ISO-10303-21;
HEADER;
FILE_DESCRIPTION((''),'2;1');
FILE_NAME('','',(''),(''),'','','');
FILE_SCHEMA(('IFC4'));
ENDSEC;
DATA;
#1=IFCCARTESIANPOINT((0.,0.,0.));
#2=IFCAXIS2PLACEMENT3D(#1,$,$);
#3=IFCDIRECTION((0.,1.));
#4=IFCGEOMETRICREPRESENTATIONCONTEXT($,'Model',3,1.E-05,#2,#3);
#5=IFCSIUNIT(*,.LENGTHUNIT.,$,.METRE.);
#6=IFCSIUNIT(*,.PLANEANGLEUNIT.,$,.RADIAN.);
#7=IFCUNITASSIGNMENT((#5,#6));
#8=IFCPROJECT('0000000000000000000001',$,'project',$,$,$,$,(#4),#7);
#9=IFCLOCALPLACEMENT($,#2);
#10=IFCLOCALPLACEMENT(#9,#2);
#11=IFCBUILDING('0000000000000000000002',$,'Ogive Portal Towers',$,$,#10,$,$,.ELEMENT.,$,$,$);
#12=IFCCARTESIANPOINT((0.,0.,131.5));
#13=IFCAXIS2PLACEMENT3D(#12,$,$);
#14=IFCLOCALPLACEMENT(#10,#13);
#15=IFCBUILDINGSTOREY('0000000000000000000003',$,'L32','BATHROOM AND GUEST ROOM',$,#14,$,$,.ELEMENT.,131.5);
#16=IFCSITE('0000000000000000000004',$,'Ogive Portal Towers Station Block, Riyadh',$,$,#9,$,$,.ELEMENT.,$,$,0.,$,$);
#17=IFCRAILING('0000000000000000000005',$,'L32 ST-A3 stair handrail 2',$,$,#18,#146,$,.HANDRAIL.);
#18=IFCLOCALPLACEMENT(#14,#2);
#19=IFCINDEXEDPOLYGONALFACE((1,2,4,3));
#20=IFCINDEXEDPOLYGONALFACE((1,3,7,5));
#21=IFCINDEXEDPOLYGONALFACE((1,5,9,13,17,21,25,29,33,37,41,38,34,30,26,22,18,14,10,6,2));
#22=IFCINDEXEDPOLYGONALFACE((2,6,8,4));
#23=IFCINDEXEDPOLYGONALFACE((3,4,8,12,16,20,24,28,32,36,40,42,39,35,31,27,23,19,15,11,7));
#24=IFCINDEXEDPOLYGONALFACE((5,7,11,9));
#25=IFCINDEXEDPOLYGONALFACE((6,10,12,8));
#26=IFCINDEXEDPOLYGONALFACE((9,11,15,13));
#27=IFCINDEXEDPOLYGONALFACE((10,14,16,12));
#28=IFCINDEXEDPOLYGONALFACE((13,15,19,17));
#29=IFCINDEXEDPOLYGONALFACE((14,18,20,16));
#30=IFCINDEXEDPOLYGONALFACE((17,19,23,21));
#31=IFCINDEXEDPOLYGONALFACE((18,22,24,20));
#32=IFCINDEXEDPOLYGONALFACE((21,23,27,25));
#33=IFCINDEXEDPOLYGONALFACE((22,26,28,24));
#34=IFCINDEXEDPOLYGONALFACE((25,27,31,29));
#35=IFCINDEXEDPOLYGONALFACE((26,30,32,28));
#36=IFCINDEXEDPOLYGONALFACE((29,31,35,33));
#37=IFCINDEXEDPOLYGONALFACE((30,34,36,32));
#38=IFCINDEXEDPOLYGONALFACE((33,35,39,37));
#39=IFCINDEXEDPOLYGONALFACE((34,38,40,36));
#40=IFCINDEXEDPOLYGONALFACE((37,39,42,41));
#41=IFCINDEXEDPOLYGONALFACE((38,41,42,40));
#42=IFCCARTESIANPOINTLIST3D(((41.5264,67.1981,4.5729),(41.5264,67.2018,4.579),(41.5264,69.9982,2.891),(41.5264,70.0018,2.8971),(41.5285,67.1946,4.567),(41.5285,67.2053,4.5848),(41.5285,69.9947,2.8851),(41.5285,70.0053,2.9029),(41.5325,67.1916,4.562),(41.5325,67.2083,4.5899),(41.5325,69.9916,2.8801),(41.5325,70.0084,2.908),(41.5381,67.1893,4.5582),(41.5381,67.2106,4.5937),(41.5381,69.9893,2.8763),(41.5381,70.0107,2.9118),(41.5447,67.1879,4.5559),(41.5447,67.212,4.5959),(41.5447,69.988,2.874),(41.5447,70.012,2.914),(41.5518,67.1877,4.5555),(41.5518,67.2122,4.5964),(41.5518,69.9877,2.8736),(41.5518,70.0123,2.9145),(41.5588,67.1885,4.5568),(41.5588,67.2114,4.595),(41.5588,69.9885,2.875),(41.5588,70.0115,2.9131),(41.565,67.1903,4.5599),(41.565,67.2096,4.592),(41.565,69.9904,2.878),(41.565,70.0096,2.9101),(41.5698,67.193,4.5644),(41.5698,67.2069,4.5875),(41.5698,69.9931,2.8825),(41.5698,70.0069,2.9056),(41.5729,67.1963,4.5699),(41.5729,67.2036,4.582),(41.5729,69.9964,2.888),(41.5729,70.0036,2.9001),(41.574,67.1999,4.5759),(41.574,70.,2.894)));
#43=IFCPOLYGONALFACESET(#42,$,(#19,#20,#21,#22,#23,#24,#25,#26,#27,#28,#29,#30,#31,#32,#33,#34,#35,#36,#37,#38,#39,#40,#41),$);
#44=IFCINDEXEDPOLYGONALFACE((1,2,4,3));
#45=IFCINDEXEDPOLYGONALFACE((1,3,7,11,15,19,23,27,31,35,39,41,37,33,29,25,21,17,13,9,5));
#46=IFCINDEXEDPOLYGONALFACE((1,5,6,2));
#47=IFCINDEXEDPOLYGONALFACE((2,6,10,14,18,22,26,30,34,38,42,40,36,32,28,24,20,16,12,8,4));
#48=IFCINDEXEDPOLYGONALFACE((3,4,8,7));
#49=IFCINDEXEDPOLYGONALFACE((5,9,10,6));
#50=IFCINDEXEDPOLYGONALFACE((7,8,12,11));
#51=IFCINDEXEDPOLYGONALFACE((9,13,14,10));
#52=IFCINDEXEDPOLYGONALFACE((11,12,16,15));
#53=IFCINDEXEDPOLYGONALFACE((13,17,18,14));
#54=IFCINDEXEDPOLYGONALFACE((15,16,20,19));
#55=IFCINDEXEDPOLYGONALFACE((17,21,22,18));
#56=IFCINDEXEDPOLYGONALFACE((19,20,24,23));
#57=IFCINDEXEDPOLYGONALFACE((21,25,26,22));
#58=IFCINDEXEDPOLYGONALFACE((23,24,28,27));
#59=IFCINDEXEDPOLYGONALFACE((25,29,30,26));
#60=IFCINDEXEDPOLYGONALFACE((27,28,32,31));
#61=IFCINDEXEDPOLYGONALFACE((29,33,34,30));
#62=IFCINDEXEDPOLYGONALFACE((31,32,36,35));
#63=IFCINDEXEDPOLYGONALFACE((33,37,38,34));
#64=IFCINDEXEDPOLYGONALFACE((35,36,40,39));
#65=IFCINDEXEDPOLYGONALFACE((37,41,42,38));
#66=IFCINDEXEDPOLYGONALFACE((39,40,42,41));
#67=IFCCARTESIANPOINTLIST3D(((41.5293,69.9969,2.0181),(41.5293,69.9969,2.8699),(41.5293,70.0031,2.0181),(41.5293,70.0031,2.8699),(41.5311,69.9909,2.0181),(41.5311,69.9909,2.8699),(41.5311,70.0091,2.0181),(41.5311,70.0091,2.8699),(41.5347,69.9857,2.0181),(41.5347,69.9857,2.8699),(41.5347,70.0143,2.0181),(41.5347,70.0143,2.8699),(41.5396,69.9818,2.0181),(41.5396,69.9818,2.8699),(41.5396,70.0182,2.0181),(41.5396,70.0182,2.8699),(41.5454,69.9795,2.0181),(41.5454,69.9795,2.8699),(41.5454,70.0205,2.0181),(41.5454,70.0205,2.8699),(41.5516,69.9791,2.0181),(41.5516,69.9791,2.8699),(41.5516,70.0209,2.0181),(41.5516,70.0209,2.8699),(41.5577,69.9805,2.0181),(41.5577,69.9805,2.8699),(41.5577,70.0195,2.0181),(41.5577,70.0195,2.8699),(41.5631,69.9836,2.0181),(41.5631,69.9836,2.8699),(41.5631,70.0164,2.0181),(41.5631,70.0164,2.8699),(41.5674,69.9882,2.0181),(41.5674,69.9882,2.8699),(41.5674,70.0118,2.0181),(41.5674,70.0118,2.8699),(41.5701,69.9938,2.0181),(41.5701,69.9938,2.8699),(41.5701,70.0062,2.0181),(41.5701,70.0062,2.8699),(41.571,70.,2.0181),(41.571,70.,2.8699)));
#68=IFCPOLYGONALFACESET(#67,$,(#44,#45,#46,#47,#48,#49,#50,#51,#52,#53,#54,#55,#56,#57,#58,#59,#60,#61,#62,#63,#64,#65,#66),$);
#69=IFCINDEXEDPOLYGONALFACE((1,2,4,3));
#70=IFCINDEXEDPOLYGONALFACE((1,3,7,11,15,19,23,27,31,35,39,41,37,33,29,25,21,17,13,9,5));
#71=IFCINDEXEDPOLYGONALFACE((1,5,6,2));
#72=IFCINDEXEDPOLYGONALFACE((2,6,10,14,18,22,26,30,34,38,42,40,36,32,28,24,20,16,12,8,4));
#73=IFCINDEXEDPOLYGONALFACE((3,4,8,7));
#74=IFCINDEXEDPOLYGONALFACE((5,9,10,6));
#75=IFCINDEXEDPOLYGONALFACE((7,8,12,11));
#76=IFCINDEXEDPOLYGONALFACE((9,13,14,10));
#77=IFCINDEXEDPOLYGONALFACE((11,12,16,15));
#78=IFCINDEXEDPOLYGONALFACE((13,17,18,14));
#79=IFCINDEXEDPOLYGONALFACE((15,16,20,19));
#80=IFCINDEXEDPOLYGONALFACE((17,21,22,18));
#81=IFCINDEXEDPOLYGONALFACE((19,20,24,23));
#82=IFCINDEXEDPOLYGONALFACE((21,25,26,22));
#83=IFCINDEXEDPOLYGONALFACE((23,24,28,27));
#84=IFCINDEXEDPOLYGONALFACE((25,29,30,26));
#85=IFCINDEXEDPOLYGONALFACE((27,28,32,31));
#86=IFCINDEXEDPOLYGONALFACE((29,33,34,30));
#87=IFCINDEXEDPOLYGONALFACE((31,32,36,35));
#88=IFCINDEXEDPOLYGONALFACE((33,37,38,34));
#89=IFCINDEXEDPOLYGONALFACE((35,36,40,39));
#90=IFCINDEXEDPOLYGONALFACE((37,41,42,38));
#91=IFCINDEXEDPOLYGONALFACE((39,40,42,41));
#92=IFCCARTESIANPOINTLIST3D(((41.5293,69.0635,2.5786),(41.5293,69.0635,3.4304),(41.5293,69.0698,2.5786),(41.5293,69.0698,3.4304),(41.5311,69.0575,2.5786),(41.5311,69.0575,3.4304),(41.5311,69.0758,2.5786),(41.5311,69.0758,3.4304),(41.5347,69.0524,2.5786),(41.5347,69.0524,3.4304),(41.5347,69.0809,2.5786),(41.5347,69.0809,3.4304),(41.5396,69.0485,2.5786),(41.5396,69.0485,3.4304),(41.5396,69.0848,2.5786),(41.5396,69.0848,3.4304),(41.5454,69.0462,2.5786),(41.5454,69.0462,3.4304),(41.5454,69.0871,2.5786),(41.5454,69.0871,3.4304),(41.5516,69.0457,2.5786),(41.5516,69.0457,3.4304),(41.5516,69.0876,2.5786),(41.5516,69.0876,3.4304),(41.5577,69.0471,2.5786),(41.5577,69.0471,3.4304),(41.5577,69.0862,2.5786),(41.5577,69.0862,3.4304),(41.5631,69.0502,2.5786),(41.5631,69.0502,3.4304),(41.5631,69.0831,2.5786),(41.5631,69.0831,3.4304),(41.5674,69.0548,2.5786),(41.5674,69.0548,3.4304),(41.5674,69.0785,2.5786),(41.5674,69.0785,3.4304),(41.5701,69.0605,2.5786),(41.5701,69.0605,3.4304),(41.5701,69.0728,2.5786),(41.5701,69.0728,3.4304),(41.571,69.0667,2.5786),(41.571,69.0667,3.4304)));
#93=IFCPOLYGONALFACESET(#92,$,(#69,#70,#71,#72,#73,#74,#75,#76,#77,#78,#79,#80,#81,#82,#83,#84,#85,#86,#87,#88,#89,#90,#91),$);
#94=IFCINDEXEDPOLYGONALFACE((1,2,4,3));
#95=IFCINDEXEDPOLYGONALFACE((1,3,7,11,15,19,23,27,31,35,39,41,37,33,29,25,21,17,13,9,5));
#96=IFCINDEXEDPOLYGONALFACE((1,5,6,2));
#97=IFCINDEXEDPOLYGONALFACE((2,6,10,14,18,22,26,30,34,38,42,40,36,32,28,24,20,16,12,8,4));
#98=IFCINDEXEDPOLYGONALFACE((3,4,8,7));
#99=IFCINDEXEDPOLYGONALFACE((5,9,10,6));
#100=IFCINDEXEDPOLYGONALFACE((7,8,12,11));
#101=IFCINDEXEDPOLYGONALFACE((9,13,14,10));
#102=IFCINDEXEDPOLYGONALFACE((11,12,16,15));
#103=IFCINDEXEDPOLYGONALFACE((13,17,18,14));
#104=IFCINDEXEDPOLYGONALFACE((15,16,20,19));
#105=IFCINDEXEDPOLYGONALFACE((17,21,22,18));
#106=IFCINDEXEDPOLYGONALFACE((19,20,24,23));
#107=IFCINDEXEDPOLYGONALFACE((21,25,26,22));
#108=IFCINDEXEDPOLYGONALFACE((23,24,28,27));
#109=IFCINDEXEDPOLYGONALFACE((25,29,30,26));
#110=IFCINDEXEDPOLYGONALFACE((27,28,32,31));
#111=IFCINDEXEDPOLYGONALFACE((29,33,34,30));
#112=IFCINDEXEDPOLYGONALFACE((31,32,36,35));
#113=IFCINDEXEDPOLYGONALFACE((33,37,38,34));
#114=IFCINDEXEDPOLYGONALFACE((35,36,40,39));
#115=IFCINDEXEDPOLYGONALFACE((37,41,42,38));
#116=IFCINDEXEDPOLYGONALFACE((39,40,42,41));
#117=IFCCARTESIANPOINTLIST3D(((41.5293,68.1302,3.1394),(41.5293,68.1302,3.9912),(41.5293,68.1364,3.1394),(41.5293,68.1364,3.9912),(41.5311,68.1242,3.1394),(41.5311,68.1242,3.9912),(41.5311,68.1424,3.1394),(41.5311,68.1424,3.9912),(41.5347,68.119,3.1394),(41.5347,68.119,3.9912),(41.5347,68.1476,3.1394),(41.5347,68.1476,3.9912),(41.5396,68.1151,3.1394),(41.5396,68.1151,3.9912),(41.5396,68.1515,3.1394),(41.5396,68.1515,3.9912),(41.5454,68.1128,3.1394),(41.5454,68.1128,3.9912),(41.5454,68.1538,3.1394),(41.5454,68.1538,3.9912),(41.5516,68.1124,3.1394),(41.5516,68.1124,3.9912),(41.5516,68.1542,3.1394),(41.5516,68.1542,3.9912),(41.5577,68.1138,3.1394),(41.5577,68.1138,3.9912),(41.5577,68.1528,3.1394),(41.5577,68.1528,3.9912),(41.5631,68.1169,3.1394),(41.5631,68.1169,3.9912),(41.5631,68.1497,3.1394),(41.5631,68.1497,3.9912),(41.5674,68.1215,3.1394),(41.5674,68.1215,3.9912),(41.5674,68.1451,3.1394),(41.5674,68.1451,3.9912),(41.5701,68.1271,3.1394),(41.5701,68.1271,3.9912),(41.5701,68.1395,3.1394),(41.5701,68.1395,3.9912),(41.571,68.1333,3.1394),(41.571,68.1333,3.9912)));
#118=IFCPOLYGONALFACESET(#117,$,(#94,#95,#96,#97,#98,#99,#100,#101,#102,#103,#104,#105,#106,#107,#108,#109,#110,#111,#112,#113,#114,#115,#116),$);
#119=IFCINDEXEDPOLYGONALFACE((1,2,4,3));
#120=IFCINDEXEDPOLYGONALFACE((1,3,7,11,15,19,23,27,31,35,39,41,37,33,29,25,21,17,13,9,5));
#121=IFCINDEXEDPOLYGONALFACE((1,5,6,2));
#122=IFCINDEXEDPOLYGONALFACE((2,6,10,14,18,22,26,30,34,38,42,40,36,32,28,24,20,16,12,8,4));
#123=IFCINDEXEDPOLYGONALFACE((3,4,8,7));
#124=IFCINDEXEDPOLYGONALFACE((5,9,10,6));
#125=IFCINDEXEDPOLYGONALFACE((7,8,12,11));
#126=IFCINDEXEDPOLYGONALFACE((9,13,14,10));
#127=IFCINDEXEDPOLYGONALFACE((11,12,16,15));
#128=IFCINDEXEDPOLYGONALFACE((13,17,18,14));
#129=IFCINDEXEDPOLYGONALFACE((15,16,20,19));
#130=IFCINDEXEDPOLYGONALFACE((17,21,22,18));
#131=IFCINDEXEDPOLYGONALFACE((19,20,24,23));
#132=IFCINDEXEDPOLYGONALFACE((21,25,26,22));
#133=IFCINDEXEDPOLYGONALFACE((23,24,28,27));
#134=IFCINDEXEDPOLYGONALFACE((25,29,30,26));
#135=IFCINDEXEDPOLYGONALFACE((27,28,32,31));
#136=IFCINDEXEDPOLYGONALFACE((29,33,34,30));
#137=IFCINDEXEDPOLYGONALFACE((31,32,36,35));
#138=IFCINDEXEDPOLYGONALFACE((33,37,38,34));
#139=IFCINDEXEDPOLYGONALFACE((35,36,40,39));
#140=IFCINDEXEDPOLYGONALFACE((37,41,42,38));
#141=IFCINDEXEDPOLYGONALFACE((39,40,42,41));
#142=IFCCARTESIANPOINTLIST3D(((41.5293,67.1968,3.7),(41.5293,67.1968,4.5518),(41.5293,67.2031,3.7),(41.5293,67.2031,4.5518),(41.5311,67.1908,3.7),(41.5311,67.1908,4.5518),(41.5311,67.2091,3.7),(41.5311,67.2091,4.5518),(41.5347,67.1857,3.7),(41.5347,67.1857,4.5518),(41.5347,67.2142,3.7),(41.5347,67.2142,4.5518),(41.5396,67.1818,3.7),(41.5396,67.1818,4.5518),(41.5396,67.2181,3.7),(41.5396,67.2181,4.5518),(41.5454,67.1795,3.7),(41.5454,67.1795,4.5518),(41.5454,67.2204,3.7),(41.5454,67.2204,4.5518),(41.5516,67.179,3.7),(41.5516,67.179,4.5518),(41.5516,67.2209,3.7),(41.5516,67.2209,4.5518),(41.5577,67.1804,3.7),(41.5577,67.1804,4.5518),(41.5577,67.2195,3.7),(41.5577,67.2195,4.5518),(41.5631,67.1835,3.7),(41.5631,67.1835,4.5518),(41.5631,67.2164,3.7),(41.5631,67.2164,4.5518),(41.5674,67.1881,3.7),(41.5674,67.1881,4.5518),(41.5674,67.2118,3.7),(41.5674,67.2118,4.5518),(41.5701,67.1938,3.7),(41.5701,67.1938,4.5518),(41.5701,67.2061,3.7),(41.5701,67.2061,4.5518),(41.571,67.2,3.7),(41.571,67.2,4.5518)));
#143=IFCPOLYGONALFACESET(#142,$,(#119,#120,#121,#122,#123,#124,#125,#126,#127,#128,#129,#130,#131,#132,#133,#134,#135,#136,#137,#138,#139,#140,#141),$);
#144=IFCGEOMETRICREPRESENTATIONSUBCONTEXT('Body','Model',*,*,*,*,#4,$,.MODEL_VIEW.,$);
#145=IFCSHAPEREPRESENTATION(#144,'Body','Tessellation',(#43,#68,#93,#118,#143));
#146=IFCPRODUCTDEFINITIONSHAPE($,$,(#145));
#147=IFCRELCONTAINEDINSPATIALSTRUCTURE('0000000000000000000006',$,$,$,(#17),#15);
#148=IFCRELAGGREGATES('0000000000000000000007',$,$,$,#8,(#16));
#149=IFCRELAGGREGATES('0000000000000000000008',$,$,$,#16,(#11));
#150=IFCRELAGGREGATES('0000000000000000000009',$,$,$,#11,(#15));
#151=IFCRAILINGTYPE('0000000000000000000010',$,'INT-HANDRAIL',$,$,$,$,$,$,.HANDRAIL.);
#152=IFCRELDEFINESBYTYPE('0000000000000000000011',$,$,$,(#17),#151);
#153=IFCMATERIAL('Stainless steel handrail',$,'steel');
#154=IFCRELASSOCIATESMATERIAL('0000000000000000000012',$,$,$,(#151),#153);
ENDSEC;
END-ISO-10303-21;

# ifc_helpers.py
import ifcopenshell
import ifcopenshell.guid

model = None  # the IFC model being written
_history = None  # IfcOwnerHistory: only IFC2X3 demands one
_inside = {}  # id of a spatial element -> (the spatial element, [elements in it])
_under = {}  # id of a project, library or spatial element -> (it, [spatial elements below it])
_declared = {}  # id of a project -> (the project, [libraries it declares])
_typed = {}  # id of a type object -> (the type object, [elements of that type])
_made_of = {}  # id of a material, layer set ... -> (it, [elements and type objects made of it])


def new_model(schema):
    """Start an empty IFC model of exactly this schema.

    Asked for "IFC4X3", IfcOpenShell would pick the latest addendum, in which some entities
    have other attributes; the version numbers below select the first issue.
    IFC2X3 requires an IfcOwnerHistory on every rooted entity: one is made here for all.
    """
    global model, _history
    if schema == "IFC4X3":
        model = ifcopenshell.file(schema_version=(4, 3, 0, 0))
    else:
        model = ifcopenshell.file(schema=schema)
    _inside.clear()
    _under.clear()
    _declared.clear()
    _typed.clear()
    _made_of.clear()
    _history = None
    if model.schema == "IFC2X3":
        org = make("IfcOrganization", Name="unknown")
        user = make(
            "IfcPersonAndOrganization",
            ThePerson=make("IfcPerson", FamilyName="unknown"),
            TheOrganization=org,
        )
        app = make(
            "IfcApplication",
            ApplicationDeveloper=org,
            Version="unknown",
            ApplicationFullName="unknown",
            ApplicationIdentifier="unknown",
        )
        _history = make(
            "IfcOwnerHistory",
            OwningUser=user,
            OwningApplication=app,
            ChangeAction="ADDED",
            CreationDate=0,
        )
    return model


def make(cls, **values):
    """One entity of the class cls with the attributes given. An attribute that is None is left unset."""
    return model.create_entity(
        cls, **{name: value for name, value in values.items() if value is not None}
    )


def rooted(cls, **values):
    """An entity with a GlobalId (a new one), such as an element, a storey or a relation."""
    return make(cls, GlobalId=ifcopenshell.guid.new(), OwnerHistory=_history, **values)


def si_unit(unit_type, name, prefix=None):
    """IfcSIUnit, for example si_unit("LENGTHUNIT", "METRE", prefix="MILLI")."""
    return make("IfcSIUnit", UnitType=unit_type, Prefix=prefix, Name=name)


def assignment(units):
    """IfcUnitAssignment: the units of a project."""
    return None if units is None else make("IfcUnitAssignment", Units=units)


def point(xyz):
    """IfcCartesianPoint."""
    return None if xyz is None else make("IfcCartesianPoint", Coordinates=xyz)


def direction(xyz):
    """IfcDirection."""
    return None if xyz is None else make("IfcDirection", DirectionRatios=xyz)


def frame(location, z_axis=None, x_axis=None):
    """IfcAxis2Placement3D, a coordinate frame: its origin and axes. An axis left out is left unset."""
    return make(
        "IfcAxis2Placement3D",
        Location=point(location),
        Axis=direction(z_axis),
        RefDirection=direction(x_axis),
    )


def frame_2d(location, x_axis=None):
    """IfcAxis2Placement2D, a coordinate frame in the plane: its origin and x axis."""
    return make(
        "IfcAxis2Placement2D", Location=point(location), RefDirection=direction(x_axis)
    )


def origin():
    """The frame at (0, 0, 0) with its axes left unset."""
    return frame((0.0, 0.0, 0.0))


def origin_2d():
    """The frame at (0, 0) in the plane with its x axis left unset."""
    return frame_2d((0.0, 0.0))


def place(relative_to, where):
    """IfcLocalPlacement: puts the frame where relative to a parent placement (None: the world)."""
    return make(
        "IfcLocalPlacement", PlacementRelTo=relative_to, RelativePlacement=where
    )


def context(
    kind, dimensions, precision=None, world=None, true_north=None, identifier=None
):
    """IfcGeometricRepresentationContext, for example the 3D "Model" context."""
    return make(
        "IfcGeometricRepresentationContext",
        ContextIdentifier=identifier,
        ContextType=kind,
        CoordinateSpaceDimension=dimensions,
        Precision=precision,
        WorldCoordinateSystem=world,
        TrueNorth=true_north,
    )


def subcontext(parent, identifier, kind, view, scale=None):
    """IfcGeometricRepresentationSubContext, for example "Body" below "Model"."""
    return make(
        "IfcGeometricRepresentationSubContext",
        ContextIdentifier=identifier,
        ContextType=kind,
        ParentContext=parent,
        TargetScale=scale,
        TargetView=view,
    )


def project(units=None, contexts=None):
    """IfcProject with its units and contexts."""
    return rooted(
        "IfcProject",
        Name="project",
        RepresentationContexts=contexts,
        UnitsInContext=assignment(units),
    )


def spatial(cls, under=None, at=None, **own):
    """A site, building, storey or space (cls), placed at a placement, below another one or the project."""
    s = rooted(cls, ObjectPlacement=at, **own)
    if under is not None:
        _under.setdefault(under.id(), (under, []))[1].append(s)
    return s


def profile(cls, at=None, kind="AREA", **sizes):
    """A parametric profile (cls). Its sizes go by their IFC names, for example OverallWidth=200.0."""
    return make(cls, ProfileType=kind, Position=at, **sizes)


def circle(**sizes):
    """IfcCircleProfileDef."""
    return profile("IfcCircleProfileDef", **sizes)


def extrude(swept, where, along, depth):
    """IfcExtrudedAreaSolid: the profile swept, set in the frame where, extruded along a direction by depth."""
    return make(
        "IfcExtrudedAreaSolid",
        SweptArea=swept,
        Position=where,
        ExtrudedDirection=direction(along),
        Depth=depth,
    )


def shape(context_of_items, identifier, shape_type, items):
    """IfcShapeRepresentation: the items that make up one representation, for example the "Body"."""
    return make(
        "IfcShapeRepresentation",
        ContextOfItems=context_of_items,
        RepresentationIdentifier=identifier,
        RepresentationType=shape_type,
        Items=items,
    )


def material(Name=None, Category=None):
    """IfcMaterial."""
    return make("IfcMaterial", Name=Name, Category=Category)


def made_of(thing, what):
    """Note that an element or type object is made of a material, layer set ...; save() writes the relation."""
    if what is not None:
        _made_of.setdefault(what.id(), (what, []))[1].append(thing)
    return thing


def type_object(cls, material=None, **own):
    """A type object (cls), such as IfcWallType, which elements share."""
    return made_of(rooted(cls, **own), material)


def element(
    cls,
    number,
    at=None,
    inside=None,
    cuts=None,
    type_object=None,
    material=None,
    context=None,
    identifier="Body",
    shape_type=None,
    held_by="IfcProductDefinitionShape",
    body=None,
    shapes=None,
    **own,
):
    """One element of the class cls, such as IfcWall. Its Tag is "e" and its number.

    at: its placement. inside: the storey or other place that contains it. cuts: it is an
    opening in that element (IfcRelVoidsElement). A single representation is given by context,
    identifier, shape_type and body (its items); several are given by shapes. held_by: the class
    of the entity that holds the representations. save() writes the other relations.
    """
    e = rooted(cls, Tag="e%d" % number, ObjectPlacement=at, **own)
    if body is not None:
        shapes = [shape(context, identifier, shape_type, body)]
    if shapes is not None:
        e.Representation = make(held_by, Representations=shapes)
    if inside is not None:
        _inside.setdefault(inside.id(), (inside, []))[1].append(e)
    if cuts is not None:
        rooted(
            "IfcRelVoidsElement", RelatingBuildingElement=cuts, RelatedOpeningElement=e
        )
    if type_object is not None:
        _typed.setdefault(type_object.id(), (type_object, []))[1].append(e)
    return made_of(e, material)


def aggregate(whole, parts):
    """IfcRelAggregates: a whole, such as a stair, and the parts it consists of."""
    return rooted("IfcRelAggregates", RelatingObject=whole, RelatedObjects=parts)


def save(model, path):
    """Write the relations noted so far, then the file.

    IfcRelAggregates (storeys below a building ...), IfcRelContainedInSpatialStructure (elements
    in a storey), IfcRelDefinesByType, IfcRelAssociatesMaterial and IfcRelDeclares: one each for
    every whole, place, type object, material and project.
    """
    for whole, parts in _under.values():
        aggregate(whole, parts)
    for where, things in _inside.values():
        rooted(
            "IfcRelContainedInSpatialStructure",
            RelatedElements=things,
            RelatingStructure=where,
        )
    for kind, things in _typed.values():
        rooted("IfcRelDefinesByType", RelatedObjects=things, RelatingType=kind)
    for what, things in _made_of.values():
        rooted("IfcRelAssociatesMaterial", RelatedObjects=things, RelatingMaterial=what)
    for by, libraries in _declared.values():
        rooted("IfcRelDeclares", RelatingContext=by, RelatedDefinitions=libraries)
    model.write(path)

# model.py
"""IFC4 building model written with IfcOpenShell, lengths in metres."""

from ifc_helpers import new_model, si_unit, direction, frame, origin, origin_2d, place, context, subcontext, project, spatial, circle, extrude, material, type_object, element, save


model = new_model("IFC4")

# Units and contexts
model_context = context("Model", 3, precision=1e-05, world=origin(), true_north=direction((0.0, 1.0)))
body_context = subcontext(model_context, "Body", "Model", "MODEL_VIEW")
ifc_project = project(units=[si_unit("LENGTHUNIT", "METRE"), si_unit("PLANEANGLEUNIT", "RADIAN")], contexts=[model_context])

# Site, building, storey
site_placement = place(None, origin())
site = spatial("IfcSite", under=ifc_project, at=site_placement, Name="Ogive Portal Towers Station Block, Riyadh", CompositionType="ELEMENT", RefElevation=0.0)
building_placement = place(site_placement, origin())
building = spatial("IfcBuilding", under=site, at=building_placement, Name="Ogive Portal Towers", CompositionType="ELEMENT")
storey_placement = place(building_placement, frame((0.0, 0.0, 131.5)))
storey = spatial("IfcBuildingStorey", under=building, at=storey_placement, Name="L32", Description="BATHROOM AND GUEST ROOM", CompositionType="ELEMENT", Elevation=131.5)

# Railing
ifc_material_1 = material(Name="Stainless steel handrail", Category="steel")
railing_type_1 = type_object("IfcRailingType", Name="INT-HANDRAIL", PredefinedType="HANDRAIL", material=ifc_material_1)
railing_1_placement = place(storey_placement, frame((41.55, 70.0, 2.0181)))
element("IfcRailing", 1, at=railing_1_placement, inside=storey, type_object=railing_type_1, Name="L32 ST-A3 stair handrail 2", PredefinedType="HANDRAIL", context=body_context, shape_type="SweptSolid", body=[
    extrude(circle(Radius=0.0239, at=origin_2d()), frame((0.0, 0.0, 0.876), z_axis=(0.0, -0.857242, 0.514913), x_axis=(1.0, 0.0, 0.0)), (0.0, 0.0, 1.0), 3.2664),
    extrude(circle(Radius=0.021, at=origin_2d()), origin(), (0.0, 0.0, 1.0), 0.8518),
    extrude(circle(Radius=0.021, at=origin_2d()), frame((0.0, -0.9333, 0.5605)), (0.0, 0.0, 1.0), 0.8518),
    extrude(circle(Radius=0.021, at=origin_2d()), frame((0.0, -1.8667, 1.1213)), (0.0, 0.0, 1.0), 0.8518),
    extrude(circle(Radius=0.021, at=origin_2d()), frame((0.0, -2.8, 1.6819)), (0.0, 0.0, 1.0), 0.8518),
])

save(model, "model.ifc")
